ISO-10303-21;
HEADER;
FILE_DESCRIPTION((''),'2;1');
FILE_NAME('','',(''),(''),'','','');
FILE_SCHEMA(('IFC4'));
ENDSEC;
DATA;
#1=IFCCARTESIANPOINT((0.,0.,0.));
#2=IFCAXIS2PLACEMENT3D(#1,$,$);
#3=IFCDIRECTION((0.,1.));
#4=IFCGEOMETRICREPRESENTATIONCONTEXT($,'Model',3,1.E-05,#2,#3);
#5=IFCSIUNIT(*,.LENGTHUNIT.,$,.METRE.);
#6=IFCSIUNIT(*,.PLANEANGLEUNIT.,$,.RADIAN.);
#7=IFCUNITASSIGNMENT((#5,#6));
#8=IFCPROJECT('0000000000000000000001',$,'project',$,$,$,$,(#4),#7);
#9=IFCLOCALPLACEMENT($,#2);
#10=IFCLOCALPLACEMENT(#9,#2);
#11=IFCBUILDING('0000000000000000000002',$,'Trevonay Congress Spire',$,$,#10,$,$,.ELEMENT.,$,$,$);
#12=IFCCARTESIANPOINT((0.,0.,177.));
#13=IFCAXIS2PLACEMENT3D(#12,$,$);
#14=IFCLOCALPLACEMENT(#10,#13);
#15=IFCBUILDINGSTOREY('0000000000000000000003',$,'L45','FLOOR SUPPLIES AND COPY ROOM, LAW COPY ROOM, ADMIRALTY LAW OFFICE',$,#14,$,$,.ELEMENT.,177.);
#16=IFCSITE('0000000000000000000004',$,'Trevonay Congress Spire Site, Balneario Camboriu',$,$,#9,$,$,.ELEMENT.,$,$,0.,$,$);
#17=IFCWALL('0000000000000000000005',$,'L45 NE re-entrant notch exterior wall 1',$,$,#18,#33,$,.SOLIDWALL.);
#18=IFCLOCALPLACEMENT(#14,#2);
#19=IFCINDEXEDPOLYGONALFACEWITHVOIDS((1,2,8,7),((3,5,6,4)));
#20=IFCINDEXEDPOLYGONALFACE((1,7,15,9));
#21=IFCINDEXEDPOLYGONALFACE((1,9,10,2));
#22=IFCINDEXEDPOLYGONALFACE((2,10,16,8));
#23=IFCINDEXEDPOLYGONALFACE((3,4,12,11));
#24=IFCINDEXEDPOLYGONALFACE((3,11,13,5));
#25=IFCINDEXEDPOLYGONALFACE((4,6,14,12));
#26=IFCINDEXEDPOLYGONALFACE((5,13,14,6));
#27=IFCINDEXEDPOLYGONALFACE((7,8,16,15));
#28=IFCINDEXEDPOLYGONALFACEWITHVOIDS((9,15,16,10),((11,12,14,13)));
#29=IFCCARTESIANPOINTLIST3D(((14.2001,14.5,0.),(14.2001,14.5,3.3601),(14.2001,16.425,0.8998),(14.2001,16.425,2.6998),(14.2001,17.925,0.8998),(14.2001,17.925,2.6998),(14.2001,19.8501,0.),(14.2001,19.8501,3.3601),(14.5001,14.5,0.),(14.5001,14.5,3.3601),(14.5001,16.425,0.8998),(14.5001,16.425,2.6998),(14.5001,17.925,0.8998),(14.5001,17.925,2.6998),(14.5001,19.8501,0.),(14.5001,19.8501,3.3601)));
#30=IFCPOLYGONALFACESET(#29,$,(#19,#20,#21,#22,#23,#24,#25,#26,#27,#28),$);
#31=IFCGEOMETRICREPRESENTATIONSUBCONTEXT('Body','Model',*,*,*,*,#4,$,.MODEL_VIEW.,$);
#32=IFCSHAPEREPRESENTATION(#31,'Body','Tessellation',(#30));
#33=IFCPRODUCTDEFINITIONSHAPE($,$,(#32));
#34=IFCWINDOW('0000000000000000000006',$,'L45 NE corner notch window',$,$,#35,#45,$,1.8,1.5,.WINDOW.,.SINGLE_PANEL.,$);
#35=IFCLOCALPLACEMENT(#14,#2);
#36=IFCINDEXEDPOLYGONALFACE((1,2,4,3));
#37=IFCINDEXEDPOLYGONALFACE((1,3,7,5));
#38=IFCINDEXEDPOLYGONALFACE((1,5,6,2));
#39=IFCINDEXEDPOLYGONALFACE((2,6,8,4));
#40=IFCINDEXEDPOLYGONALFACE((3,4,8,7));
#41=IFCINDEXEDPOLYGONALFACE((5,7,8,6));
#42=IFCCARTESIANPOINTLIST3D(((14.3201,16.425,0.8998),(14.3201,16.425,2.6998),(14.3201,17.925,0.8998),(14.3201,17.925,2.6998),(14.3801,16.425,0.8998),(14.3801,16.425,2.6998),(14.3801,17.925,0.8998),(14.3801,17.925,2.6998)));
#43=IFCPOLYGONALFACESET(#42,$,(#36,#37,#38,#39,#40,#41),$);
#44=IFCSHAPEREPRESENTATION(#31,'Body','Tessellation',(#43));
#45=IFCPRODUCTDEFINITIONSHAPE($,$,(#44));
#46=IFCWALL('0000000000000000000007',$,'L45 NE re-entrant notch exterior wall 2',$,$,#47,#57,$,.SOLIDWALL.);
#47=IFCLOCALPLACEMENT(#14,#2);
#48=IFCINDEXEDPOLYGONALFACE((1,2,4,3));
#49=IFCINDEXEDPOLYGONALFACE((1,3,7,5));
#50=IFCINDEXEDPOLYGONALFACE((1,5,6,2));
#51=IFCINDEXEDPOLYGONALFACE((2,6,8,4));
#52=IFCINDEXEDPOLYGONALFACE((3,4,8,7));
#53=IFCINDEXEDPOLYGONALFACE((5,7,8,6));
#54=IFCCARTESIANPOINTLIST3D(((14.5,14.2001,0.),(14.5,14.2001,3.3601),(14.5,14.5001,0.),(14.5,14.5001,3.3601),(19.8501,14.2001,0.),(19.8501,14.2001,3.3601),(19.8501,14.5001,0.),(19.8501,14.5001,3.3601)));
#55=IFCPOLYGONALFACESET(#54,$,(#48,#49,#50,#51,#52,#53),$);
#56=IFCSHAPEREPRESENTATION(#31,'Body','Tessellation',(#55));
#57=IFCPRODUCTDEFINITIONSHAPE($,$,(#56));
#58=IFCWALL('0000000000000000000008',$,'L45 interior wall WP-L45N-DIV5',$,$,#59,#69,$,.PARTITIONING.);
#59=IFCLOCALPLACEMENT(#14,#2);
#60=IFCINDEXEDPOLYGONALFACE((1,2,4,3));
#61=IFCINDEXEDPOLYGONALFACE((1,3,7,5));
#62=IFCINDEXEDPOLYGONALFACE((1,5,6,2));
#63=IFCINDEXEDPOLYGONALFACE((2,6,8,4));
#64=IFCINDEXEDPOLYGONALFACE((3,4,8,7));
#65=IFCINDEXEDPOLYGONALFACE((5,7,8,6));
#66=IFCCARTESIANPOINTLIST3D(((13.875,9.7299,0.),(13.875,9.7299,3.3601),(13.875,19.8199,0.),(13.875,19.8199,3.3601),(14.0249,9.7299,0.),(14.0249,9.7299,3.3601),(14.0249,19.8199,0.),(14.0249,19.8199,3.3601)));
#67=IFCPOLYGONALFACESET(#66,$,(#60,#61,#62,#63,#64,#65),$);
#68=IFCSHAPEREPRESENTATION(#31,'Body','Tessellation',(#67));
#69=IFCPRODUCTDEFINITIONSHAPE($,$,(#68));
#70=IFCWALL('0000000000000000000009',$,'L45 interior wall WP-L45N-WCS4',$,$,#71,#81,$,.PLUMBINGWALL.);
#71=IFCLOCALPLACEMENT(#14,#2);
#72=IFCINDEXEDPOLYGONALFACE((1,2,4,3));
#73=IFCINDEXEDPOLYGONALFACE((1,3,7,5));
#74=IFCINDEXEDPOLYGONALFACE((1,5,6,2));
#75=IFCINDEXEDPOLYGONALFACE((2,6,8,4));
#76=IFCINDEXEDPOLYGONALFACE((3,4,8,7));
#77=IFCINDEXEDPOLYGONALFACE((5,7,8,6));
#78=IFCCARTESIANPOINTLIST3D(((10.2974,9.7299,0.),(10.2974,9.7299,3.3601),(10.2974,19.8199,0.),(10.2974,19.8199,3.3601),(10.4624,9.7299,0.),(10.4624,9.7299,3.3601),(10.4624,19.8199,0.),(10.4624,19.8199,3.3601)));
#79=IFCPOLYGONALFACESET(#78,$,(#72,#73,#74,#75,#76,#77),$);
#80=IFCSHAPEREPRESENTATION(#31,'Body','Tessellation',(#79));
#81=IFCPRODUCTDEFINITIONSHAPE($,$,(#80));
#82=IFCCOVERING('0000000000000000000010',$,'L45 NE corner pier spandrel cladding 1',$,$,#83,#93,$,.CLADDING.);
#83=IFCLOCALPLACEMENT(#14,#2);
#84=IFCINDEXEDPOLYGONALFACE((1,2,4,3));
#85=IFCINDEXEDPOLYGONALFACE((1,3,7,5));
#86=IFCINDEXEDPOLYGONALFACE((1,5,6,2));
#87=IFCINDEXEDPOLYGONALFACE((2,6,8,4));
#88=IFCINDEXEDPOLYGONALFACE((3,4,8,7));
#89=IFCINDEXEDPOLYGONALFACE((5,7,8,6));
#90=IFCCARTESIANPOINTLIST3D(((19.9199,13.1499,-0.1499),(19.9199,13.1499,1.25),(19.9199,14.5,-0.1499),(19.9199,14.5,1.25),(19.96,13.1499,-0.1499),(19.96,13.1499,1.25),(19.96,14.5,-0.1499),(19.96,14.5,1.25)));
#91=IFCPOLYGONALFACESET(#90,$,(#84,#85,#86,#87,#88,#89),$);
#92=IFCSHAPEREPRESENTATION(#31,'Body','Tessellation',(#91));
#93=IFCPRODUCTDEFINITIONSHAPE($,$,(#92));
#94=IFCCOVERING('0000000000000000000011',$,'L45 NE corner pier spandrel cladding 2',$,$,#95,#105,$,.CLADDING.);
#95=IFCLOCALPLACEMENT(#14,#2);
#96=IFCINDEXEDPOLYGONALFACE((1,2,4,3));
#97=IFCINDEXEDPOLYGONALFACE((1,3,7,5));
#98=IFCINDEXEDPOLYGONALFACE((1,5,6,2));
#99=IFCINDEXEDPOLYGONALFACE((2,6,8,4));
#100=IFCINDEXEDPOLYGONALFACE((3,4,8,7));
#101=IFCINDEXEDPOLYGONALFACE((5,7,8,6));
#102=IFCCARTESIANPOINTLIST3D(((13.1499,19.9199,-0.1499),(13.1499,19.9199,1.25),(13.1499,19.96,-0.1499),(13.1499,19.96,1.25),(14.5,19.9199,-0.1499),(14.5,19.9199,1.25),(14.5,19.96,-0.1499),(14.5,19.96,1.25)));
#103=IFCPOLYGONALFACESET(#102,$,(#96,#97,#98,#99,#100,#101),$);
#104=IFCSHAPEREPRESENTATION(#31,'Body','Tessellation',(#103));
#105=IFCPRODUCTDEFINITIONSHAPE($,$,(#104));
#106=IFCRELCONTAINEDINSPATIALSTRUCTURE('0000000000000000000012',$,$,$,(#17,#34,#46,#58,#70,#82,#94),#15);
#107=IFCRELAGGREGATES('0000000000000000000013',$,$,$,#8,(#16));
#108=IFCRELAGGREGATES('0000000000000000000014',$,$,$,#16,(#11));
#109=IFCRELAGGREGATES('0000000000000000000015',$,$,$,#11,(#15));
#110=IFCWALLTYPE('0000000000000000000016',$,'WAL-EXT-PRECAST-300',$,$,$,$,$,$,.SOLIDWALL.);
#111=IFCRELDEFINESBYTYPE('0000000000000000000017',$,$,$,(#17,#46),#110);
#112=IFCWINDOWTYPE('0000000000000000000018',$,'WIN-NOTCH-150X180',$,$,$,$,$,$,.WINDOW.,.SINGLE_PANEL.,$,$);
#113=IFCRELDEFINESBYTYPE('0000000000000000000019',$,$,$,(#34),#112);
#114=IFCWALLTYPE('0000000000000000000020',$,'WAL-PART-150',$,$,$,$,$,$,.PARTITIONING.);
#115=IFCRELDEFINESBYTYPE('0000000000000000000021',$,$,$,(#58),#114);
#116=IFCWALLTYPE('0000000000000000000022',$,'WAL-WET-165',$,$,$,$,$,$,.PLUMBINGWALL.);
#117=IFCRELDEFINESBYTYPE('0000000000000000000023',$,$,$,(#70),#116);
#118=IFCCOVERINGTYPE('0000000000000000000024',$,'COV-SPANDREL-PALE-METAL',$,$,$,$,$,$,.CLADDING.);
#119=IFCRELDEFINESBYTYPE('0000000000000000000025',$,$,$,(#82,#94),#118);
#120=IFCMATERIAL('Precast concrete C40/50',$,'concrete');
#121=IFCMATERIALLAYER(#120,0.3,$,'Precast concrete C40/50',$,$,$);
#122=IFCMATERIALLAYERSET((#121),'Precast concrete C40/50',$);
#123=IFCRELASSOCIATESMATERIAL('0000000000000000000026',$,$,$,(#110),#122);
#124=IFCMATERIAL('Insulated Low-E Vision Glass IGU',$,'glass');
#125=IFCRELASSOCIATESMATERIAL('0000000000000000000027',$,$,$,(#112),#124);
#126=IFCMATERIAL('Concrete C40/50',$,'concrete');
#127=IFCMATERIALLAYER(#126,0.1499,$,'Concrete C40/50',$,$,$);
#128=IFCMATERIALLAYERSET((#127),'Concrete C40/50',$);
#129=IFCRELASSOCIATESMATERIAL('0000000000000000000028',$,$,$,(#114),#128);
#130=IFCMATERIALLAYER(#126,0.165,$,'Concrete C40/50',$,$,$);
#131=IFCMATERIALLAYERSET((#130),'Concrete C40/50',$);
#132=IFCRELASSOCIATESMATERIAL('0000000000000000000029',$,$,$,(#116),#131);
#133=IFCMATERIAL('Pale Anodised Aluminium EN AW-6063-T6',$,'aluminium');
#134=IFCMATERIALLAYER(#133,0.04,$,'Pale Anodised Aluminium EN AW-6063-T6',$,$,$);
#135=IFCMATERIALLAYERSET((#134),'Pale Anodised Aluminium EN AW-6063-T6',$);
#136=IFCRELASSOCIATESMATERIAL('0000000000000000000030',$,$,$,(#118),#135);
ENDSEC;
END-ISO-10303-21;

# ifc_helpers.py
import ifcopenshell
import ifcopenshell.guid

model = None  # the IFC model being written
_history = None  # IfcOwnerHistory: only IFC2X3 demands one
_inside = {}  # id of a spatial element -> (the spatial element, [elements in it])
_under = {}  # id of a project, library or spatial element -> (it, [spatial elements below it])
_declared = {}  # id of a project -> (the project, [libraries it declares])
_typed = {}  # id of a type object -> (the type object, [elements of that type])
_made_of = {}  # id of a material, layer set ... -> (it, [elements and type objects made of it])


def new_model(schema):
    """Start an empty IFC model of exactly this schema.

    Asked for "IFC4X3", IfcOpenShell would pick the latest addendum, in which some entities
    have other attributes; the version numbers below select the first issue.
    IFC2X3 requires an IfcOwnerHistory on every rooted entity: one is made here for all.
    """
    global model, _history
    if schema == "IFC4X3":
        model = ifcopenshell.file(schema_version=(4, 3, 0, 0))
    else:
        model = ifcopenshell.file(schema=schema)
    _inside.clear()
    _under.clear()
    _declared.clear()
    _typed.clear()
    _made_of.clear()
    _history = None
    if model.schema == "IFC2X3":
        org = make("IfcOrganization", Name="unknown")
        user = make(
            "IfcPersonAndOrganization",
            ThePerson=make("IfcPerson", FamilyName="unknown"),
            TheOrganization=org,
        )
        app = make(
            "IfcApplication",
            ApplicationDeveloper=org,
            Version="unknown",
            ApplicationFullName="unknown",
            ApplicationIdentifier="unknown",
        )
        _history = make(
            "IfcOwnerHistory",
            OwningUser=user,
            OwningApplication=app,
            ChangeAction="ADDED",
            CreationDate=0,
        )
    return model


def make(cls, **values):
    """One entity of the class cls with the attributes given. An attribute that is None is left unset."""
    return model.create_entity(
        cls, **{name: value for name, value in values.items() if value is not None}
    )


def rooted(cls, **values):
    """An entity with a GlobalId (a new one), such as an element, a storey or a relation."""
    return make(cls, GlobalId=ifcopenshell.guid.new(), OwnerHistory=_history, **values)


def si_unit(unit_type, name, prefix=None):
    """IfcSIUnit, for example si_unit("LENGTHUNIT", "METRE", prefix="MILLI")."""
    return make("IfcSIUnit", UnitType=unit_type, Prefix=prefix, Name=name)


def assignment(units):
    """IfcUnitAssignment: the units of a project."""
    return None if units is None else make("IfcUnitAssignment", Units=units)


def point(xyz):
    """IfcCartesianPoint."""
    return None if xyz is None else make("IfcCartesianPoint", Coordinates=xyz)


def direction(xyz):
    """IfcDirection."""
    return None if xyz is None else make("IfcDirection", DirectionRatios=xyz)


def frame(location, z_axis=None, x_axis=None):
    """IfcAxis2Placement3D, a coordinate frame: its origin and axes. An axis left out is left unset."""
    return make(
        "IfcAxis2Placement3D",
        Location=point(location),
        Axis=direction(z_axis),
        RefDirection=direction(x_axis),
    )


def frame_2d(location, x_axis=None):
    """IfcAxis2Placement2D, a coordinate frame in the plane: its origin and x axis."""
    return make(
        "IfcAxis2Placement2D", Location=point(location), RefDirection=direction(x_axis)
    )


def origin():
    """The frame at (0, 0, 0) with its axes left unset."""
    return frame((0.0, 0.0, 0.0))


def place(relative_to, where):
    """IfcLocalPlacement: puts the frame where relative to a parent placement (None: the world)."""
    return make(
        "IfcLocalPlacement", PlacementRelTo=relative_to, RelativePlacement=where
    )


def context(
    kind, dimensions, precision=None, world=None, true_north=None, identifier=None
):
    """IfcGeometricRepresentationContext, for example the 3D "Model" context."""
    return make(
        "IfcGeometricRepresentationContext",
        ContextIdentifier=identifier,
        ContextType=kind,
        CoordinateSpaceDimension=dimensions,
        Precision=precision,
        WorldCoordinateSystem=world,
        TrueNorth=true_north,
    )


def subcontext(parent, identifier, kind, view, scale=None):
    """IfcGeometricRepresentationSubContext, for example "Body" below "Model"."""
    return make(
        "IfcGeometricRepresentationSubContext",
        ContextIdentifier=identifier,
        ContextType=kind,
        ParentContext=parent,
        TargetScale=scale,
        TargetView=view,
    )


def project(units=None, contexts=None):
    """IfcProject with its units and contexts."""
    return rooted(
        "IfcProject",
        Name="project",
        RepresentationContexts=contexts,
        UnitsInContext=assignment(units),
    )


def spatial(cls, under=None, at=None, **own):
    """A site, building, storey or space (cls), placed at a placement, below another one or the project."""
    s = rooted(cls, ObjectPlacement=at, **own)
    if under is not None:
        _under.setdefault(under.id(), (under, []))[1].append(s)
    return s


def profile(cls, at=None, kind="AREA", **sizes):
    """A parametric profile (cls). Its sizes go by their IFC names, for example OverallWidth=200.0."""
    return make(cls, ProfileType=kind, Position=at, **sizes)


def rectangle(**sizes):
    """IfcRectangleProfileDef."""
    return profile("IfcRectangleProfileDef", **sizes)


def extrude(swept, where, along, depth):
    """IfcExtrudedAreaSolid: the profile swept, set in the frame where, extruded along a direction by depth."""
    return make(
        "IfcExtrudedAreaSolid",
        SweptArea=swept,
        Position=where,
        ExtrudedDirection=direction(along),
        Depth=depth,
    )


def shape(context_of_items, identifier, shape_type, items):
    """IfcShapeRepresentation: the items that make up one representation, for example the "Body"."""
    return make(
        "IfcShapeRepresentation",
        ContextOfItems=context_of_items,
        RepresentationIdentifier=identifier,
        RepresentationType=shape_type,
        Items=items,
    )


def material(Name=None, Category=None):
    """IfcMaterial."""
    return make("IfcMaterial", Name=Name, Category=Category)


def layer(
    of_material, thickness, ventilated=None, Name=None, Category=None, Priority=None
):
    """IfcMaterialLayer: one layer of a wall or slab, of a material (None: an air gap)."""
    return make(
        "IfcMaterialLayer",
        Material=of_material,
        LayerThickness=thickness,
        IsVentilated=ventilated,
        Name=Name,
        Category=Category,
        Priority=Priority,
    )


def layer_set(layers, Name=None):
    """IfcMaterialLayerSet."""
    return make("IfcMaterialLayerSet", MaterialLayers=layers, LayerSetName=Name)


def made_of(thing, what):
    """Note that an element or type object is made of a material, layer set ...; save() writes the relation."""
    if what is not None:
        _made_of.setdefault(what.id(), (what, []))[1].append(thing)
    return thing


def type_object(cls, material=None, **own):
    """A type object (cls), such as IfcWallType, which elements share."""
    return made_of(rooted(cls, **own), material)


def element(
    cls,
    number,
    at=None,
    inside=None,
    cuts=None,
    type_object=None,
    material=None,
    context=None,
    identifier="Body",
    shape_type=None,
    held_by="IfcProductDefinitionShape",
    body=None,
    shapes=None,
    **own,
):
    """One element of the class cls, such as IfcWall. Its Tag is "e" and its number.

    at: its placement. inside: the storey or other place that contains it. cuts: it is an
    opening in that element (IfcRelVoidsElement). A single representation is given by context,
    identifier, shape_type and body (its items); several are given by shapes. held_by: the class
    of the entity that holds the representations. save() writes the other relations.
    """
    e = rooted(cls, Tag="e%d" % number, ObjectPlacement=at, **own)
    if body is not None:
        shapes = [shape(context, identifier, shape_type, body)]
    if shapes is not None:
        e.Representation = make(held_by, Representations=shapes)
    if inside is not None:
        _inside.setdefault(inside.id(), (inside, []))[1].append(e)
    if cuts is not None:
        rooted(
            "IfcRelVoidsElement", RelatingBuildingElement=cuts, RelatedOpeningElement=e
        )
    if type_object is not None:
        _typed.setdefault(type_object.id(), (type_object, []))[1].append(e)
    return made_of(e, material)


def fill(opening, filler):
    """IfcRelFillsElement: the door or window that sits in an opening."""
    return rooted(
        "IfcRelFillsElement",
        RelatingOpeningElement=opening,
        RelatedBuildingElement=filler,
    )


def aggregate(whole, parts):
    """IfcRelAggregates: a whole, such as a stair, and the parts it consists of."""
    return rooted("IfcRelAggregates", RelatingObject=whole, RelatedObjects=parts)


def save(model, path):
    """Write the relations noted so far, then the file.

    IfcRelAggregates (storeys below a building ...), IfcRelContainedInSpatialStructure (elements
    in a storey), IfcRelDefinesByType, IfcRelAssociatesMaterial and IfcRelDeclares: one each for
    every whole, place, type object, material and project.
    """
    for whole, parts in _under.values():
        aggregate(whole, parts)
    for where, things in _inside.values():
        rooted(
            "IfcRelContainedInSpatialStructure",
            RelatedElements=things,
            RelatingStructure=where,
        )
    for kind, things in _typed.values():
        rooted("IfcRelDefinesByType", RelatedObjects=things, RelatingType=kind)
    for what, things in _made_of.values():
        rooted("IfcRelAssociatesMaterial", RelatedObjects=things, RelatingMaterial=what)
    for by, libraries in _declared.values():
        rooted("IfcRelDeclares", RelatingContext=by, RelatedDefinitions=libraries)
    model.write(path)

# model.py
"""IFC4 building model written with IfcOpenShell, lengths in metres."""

from ifc_helpers import new_model, si_unit, direction, frame, frame_2d, origin, place, context, subcontext, project, spatial, rectangle, extrude, material, layer, layer_set, type_object, element, fill, save


model = new_model("IFC4")

# Units and contexts
model_context = context("Model", 3, precision=1e-05, world=origin(), true_north=direction((0.0, 1.0)))
body_context = subcontext(model_context, "Body", "Model", "MODEL_VIEW")
ifc_project = project(units=[si_unit("LENGTHUNIT", "METRE"), si_unit("PLANEANGLEUNIT", "RADIAN")], contexts=[model_context])

# Site, building, storey
site_placement = place(None, origin())
site = spatial("IfcSite", under=ifc_project, at=site_placement, Name="Trevonay Congress Spire Site, Balneario Camboriu", CompositionType="ELEMENT", RefElevation=0.0)
building_placement = place(site_placement, origin())
building = spatial("IfcBuilding", under=site, at=building_placement, Name="Trevonay Congress Spire", CompositionType="ELEMENT")
storey_placement = place(building_placement, frame((0.0, 0.0, 177.0)))
storey = spatial("IfcBuildingStorey", under=building, at=storey_placement, Name="L45", Description="FLOOR SUPPLIES AND COPY ROOM, LAW COPY ROOM, ADMIRALTY LAW OFFICE", CompositionType="ELEMENT", Elevation=177.0)

# Shared definitions
ifc_material_1 = material(Name="Pale Anodised Aluminium EN AW-6063-T6", Category="aluminium")

# Shared definitions
ifc_material_2 = material(Name="Insulated Low-E Vision Glass IGU", Category="glass")

# Wall, opening, window
ifc_material_3 = material(Name="Precast concrete C40/50", Category="concrete")
ifc_layer_1 = layer(ifc_material_3, 0.3, Name="Precast concrete C40/50")
ifc_layer_set_1 = layer_set([ifc_layer_1], Name="Precast concrete C40/50")
wall_type_1 = type_object("IfcWallType", Name="WAL-EXT-PRECAST-300", PredefinedType="SOLIDWALL", material=ifc_layer_set_1)
wall_1_placement = place(storey_placement, frame((14.3501, 19.8501, 0.0), z_axis=(0.0, 0.0, 1.0), x_axis=(0.0, -1.0, 0.0)))
wall_1 = element("IfcWall", 1, at=wall_1_placement, inside=storey, type_object=wall_type_1, Name="L45 NE re-entrant notch exterior wall 1", PredefinedType="SOLIDWALL", context=body_context, shape_type="SweptSolid", body=[
    extrude(rectangle(XDim=5.3501, YDim=0.3, at=frame_2d((2.675, 0.0))), origin(), (0.0, 0.0, 1.0), 3.3601),
])
opening_placement = place(wall_1_placement, frame((1.925, 0.0, 0.8999)))
opening = element("IfcOpeningElement", 2, at=opening_placement, cuts=wall_1, PredefinedType="OPENING", context=body_context, shape_type="SweptSolid", body=[
    extrude(rectangle(XDim=1.5, YDim=1.8, at=frame_2d((0.75, 0.8999))), frame((0.0, 0.1602, 0.0), z_axis=(0.0, -1.0, 0.0), x_axis=(1.0, 0.0, 0.0)), (0.0, 0.0, 1.0), 0.3201),
])
window_type = type_object("IfcWindowType", Name="WIN-NOTCH-150X180", PartitioningType="SINGLE_PANEL", PredefinedType="WINDOW", material=ifc_material_2)
window_placement = place(opening_placement, origin())
window = element("IfcWindow", 3, at=window_placement, inside=storey, type_object=window_type, Name="L45 NE corner notch window", OverallHeight=1.8, OverallWidth=1.5, PartitioningType="SINGLE_PANEL", PredefinedType="WINDOW", context=body_context, shape_type="SweptSolid", body=[
    extrude(rectangle(XDim=1.5, YDim=1.8, at=frame_2d((0.75, 0.8999))), frame((0.0, 0.03, 0.0), z_axis=(0.0, -1.0, 0.0), x_axis=(1.0, 0.0, 0.0)), (0.0, 0.0, 1.0), 0.0601),
])
fill(opening, window)

# Walls
wall_2_placement = place(storey_placement, frame((19.8501, 14.3501, 0.0), z_axis=(0.0, 0.0, 1.0), x_axis=(-1.0, 0.0, 0.0)))
element("IfcWall", 4, at=wall_2_placement, inside=storey, type_object=wall_type_1, Name="L45 NE re-entrant notch exterior wall 2", PredefinedType="SOLIDWALL", context=body_context, shape_type="SweptSolid", body=[
    extrude(rectangle(XDim=5.3501, YDim=0.3, at=frame_2d((2.675, 0.0))), origin(), (0.0, 0.0, 1.0), 3.3601),
])
ifc_material_4 = material(Name="Concrete C40/50", Category="concrete")
ifc_layer_2 = layer(ifc_material_4, 0.1499, Name="Concrete C40/50")
ifc_layer_set_2 = layer_set([ifc_layer_2], Name="Concrete C40/50")
wall_type_2 = type_object("IfcWallType", Name="WAL-PART-150", PredefinedType="PARTITIONING", material=ifc_layer_set_2)
wall_3_placement = place(storey_placement, frame((13.95, 9.73, 0.0), z_axis=(0.0, 0.0, 1.0), x_axis=(0.0, 1.0, 0.0)))
element("IfcWall", 5, at=wall_3_placement, inside=storey, type_object=wall_type_2, Name="L45 interior wall WP-L45N-DIV5", PredefinedType="PARTITIONING", context=body_context, shape_type="SweptSolid", body=[
    extrude(rectangle(XDim=10.0901, YDim=0.1499, at=frame_2d((5.0449, 0.0))), origin(), (0.0, 0.0, 1.0), 3.3601),
])
ifc_layer_3 = layer(ifc_material_4, 0.165, Name="Concrete C40/50")
ifc_layer_set_3 = layer_set([ifc_layer_3], Name="Concrete C40/50")
wall_type_3 = type_object("IfcWallType", Name="WAL-WET-165", PredefinedType="PLUMBINGWALL", material=ifc_layer_set_3)
wall_4_placement = place(storey_placement, frame((10.3799, 9.73, 0.0), z_axis=(0.0, 0.0, 1.0), x_axis=(0.0, 1.0, 0.0)))
element("IfcWall", 6, at=wall_4_placement, inside=storey, type_object=wall_type_3, Name="L45 interior wall WP-L45N-WCS4", PredefinedType="PLUMBINGWALL", context=body_context, shape_type="SweptSolid", body=[
    extrude(rectangle(XDim=10.0901, YDim=0.165, at=frame_2d((5.0449, 0.0))), origin(), (0.0, 0.0, 1.0), 3.3601),
])

# Coverings
ifc_layer_4 = layer(ifc_material_1, 0.04, Name="Pale Anodised Aluminium EN AW-6063-T6")
ifc_layer_set_4 = layer_set([ifc_layer_4], Name="Pale Anodised Aluminium EN AW-6063-T6")
covering_type = type_object("IfcCoveringType", Name="COV-SPANDREL-PALE-METAL", PredefinedType="CLADDING", material=ifc_layer_set_4)
for number, where, z_axis, x_axis, name in (
    (7, (19.9399, 13.1499, -0.1499), (0.0, 0.0, 1.0), (0.0, 1.0, 0.0), "L45 NE corner pier spandrel cladding 1"),
    (8, (13.1499, 19.9399, -0.1499), (0.0, 0.0, 1.0), (1.0, 0.0, 0.0), "L45 NE corner pier spandrel cladding 2"),
):
    element("IfcCovering", number, at=place(storey_placement, frame(where, z_axis=z_axis, x_axis=x_axis)), inside=storey, type_object=covering_type, Name=name, PredefinedType="CLADDING", context=body_context, shape_type="SweptSolid", body=[
        extrude(rectangle(XDim=1.3501, YDim=0.04, at=frame_2d((0.675, 0.0))), origin(), (0.0, 0.0, 1.0), 1.3999),
    ])

save(model, "model.ifc")
